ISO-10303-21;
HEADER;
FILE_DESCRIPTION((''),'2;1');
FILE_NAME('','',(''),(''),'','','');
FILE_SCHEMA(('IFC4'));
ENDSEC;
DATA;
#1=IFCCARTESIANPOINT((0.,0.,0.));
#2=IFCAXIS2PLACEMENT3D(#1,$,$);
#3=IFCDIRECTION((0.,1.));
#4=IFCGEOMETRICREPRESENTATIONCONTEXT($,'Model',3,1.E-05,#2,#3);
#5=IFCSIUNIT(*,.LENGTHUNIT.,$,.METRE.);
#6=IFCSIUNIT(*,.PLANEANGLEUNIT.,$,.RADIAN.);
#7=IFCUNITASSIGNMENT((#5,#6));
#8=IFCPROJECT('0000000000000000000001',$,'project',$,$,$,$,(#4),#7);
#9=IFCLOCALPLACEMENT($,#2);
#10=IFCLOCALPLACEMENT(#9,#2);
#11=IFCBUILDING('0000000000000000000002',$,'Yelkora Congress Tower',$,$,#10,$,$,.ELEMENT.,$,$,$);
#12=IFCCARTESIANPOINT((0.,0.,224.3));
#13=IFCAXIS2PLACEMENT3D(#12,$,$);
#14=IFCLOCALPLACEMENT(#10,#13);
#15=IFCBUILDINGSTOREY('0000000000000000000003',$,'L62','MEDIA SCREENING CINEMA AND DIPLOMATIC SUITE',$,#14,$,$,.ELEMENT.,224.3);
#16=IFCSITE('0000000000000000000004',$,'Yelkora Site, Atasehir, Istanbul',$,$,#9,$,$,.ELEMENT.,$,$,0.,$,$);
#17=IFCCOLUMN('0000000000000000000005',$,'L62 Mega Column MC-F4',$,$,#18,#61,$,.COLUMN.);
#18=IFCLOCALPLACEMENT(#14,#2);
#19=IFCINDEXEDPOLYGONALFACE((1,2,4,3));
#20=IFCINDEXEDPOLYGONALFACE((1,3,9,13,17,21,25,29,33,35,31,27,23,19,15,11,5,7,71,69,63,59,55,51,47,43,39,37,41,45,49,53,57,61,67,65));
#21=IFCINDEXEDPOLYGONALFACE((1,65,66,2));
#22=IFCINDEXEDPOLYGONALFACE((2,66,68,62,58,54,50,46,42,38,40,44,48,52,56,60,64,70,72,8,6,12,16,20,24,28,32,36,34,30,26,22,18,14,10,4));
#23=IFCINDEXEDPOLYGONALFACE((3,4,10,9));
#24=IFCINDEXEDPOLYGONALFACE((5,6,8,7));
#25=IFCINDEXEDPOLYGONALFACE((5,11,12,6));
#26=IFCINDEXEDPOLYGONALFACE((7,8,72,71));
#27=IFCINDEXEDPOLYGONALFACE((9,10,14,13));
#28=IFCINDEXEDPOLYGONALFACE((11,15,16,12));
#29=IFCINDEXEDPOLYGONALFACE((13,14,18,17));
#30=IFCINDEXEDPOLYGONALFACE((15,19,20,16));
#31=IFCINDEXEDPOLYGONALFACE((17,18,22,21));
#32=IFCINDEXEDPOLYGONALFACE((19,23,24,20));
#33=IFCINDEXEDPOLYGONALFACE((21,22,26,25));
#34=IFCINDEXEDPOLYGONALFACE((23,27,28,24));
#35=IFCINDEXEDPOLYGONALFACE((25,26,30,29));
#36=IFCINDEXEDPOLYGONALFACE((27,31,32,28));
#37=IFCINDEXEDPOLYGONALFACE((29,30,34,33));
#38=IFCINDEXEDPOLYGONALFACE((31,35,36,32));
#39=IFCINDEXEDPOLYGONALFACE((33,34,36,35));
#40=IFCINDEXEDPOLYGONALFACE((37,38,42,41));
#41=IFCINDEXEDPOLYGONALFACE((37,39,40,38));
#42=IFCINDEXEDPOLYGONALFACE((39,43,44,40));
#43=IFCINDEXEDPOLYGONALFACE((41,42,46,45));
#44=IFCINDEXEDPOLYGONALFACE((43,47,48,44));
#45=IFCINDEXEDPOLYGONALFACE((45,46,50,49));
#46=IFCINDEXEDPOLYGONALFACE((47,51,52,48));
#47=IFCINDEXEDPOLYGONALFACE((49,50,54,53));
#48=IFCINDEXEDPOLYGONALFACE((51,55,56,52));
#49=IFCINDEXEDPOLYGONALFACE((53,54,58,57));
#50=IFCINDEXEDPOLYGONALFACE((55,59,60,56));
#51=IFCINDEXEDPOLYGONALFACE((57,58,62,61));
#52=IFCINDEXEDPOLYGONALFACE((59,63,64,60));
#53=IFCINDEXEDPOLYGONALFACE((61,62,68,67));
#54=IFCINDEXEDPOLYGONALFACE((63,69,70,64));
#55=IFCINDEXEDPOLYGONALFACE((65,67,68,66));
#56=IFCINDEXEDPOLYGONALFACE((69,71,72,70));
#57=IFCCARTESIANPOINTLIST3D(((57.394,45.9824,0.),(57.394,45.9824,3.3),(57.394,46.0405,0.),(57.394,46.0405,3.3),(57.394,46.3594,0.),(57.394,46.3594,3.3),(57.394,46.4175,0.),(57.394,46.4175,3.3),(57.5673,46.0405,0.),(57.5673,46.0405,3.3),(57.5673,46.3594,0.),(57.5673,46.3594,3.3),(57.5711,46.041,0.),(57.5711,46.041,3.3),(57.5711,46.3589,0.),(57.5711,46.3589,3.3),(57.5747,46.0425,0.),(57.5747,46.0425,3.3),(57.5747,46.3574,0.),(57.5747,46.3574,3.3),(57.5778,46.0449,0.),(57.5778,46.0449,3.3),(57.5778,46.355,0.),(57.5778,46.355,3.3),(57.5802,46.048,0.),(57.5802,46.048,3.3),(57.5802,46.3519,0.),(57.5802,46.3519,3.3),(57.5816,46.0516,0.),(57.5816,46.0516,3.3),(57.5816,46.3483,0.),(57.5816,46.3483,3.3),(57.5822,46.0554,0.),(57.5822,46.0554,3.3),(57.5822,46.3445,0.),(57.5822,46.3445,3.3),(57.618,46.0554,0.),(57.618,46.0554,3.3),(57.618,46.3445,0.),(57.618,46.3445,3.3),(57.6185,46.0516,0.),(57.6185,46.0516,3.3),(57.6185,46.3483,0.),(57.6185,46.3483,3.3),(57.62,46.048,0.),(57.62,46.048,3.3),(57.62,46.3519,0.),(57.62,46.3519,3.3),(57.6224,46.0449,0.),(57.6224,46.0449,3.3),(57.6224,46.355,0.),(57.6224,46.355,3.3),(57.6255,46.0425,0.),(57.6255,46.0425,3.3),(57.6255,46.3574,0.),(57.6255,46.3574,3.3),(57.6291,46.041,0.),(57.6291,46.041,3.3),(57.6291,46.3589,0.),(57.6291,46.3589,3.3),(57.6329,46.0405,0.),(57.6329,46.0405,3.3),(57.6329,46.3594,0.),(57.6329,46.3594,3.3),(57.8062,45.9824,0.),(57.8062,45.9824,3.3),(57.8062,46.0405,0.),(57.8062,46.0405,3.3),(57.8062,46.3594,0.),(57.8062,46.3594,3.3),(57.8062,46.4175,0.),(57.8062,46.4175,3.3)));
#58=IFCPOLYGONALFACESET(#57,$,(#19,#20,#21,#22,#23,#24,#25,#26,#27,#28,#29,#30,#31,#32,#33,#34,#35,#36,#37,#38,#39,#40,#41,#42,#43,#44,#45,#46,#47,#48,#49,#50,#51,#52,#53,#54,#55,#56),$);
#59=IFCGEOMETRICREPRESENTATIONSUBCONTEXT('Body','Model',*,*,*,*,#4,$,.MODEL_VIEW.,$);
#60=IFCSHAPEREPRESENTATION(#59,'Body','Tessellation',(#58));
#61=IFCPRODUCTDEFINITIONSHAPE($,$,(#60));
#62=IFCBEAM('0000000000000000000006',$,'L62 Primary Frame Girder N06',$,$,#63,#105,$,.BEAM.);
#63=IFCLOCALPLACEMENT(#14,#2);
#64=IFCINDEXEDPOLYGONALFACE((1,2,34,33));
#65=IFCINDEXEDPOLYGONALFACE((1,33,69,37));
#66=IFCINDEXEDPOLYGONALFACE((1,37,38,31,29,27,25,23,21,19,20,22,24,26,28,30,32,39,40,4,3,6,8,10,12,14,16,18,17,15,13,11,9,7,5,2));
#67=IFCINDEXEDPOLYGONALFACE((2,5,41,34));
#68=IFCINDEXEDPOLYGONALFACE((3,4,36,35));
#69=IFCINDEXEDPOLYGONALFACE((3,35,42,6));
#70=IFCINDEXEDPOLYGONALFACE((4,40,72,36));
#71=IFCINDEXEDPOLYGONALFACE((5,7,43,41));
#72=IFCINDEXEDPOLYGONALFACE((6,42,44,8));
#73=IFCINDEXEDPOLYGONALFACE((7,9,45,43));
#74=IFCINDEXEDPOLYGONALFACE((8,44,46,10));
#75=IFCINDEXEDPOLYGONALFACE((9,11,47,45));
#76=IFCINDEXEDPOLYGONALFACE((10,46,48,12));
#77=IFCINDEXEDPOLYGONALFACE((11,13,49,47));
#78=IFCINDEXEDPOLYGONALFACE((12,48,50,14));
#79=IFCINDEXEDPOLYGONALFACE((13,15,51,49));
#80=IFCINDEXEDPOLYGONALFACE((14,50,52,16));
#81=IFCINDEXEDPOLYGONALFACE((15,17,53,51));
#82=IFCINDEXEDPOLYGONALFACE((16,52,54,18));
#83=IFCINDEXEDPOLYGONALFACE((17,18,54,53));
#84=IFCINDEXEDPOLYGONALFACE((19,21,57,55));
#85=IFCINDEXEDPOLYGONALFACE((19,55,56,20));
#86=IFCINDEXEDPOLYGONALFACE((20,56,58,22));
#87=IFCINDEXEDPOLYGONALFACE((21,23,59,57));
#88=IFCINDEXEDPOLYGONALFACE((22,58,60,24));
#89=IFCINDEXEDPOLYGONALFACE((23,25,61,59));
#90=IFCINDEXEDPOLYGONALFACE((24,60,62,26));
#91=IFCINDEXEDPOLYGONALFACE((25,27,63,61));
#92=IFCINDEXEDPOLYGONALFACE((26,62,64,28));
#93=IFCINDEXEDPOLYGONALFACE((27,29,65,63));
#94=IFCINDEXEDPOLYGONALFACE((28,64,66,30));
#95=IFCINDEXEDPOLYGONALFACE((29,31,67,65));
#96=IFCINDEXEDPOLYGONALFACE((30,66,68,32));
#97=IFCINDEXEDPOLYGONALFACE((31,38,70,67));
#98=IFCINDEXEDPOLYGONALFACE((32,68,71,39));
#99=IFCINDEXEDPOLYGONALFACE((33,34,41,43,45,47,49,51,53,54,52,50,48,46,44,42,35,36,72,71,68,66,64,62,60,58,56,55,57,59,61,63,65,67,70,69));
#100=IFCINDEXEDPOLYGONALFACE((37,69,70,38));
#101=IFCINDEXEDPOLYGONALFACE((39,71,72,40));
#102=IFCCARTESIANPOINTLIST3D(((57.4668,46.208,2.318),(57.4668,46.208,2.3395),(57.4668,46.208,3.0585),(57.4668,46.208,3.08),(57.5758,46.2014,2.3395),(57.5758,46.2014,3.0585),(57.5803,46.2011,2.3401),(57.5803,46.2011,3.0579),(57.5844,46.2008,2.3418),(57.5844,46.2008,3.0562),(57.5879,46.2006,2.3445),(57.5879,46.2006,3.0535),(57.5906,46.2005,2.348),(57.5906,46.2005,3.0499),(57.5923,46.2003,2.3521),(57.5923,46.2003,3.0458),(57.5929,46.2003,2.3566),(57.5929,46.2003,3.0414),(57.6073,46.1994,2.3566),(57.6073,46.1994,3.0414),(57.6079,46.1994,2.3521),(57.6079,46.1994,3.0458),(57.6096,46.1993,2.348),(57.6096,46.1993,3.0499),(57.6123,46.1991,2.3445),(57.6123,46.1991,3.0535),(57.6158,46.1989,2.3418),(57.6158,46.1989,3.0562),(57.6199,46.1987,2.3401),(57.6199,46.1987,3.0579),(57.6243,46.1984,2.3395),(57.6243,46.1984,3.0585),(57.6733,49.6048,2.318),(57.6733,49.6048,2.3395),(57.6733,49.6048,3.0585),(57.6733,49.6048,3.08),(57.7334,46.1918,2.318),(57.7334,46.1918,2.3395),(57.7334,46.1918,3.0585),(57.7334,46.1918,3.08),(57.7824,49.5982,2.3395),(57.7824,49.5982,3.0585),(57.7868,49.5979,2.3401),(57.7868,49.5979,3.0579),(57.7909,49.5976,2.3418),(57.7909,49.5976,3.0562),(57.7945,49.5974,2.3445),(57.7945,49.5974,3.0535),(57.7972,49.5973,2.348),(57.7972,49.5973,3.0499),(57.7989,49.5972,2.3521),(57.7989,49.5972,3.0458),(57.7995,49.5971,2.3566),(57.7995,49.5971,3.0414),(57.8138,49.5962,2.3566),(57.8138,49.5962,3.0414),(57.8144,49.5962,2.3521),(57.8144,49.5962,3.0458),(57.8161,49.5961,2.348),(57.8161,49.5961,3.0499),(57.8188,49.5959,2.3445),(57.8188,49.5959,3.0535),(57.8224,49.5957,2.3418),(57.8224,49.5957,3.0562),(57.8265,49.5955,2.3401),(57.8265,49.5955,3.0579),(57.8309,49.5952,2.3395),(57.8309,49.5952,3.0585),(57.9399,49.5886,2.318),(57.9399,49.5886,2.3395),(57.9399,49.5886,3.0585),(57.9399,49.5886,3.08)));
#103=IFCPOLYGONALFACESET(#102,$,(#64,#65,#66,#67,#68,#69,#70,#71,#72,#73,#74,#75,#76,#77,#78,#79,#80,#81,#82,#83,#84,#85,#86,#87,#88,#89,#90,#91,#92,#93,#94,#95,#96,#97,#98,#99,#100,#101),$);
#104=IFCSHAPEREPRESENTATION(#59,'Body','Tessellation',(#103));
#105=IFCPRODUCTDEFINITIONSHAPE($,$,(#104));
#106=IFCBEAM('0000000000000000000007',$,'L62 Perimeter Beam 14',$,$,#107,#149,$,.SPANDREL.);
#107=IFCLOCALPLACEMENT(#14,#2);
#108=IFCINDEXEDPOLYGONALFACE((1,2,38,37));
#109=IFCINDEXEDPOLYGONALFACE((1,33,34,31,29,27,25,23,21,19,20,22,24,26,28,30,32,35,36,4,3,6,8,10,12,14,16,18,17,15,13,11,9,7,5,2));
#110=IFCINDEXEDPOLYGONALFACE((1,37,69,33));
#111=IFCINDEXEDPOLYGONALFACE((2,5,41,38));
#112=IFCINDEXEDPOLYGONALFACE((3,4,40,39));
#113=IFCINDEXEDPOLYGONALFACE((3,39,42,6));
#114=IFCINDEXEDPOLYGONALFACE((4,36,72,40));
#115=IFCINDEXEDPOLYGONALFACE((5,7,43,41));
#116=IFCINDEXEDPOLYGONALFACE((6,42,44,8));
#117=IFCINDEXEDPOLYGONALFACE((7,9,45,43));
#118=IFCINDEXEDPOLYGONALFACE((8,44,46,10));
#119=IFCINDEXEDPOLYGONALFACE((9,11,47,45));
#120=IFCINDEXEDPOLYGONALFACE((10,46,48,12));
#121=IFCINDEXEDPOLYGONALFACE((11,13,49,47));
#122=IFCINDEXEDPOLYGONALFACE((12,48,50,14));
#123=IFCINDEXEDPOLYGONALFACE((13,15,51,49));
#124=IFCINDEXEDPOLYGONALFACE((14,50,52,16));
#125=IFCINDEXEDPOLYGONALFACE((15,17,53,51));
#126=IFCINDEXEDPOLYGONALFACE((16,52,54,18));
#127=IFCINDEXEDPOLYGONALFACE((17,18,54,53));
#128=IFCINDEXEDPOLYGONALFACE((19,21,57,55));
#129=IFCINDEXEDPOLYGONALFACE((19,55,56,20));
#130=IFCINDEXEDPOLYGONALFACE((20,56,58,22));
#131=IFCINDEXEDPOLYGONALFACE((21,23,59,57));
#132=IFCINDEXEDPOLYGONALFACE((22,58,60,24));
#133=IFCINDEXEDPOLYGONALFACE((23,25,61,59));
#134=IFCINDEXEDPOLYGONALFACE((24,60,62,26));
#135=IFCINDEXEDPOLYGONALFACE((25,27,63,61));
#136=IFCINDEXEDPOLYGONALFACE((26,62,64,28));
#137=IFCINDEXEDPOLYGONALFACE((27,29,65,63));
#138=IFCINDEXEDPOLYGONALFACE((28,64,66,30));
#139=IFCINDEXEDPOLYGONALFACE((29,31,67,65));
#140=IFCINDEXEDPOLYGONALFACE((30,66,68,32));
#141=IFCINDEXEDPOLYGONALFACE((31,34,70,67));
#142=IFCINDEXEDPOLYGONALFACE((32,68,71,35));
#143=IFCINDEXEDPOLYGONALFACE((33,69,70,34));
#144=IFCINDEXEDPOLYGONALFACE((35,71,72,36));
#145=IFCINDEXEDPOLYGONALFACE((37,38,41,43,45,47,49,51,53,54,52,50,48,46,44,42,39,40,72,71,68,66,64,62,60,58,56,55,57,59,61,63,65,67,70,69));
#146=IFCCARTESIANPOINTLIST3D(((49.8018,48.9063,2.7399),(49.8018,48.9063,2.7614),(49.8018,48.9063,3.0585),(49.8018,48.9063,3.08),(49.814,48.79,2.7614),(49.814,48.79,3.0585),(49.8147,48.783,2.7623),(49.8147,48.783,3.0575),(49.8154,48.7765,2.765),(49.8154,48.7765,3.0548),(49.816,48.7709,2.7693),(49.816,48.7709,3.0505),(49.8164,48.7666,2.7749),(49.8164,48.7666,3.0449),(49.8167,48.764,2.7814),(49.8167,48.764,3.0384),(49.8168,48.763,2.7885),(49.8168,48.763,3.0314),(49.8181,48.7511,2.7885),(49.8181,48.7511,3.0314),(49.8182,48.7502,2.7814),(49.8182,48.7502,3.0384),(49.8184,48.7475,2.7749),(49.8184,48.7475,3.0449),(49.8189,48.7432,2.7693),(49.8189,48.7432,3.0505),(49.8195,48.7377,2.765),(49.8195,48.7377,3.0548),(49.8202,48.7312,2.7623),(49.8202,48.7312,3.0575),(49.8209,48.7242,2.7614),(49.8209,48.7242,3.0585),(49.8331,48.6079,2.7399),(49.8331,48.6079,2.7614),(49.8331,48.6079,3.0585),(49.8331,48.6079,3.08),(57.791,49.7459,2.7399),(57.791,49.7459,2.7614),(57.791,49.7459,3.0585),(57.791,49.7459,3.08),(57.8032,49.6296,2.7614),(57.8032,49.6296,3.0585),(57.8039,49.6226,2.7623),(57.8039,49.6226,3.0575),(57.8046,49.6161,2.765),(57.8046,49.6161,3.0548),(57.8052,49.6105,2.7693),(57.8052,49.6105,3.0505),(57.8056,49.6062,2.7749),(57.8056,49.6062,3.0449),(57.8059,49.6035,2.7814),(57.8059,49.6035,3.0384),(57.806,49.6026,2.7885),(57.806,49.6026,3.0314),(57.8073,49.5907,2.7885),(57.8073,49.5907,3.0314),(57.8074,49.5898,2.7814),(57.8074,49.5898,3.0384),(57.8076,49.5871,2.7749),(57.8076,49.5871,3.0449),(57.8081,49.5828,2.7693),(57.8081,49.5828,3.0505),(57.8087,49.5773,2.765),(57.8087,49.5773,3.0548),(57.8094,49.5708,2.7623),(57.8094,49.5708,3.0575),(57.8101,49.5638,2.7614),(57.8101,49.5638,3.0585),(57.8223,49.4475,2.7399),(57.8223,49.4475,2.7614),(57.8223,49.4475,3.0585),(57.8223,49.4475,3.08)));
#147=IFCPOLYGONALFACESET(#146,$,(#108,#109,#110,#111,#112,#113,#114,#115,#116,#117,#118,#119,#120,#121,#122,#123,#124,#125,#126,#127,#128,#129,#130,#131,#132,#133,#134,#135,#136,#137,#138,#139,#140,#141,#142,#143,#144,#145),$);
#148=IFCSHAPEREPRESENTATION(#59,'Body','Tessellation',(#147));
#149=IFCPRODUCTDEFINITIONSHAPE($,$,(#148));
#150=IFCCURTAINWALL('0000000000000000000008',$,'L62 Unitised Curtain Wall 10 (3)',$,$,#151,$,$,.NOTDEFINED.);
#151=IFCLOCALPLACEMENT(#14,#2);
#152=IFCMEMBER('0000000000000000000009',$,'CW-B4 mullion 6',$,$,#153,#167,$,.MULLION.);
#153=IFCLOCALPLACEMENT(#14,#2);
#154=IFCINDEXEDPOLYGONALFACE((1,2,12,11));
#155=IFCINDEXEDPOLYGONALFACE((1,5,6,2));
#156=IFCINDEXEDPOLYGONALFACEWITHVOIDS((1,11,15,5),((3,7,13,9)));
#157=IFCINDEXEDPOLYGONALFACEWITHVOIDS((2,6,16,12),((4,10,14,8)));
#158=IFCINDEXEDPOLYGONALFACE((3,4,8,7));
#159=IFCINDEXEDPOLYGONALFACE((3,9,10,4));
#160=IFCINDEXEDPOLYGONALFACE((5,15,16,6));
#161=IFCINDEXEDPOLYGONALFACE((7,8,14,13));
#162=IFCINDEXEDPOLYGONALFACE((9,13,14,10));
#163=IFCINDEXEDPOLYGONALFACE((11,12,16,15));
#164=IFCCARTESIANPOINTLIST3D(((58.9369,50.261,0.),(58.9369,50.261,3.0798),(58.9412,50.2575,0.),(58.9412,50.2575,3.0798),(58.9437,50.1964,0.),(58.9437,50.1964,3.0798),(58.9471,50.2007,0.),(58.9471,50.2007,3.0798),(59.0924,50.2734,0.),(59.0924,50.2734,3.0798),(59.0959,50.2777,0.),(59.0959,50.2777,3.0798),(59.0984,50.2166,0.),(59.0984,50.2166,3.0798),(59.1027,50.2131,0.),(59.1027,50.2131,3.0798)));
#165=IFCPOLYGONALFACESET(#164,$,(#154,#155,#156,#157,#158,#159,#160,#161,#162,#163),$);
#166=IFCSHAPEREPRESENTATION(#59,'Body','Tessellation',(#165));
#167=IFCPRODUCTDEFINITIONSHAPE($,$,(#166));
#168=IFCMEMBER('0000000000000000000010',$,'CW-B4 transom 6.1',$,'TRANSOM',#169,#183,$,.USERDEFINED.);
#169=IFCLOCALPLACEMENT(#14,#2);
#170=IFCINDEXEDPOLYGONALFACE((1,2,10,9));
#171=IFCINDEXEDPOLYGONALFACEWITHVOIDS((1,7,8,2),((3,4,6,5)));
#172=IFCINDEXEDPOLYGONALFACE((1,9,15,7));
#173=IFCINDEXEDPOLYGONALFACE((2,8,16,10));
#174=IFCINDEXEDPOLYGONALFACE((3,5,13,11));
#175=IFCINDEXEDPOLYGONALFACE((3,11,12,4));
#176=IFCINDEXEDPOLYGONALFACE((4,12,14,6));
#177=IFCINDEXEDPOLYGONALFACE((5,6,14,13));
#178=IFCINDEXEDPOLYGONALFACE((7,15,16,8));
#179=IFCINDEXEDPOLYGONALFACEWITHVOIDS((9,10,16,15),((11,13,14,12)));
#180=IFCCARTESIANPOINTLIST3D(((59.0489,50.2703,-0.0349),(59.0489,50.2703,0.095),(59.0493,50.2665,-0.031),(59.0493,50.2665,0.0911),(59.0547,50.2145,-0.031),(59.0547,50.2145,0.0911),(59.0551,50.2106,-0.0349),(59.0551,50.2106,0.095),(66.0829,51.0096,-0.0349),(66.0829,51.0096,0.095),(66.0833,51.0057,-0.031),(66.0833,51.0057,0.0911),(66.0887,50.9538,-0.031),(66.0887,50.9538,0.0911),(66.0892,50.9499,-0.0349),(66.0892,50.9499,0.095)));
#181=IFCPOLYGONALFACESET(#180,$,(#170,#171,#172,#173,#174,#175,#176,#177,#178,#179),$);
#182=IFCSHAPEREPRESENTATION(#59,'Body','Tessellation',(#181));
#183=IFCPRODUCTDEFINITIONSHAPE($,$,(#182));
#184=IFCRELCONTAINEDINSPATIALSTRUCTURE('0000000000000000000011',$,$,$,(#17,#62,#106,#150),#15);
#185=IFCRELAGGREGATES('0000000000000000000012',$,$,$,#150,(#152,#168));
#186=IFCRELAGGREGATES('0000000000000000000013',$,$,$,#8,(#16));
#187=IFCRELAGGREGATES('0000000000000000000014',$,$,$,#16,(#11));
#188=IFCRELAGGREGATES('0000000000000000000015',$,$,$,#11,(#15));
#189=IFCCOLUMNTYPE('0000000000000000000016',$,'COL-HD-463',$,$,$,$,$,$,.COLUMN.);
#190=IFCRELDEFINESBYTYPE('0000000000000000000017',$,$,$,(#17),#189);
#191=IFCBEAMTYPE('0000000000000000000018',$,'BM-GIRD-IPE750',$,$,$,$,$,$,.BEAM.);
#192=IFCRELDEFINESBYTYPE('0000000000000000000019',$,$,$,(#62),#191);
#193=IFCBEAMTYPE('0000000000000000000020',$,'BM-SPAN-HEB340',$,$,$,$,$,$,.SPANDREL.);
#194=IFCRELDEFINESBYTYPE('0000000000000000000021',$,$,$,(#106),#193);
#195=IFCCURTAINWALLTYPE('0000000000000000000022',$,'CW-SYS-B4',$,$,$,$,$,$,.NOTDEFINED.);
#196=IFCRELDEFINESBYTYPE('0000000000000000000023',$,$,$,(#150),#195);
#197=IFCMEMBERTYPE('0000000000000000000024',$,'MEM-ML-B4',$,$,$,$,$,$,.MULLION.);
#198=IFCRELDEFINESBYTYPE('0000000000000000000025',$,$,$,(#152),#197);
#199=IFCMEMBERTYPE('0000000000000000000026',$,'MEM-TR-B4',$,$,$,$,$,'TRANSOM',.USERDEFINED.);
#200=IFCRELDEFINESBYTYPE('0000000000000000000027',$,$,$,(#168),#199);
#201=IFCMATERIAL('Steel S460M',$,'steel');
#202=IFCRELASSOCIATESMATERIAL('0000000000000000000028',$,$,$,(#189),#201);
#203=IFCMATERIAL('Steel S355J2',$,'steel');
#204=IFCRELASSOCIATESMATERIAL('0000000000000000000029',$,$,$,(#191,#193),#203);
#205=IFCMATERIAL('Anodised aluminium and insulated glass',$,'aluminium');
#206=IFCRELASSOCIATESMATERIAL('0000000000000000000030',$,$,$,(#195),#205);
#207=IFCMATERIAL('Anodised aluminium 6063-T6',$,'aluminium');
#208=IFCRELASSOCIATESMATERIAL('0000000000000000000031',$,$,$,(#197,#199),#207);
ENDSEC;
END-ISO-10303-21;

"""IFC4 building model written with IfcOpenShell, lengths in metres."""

from ifc_helpers import new_model, si_unit, direction, frame, origin, origin_2d, place, context, subcontext, project, spatial, hollow_rectangle, i_section, extrude, material, material_profile, profile_set, type_object, element, aggregate, save


model = new_model("IFC4")

# Units and contexts
model_context = context("Model", 3, precision=1e-05, world=origin(), true_north=direction((0.0, 1.0)))
body_context = subcontext(model_context, "Body", "Model", "MODEL_VIEW")
ifc_project = project(units=[si_unit("LENGTHUNIT", "METRE"), si_unit("PLANEANGLEUNIT", "RADIAN")], contexts=[model_context])

# Site, building, storey
site_placement = place(None, origin())
site = spatial("IfcSite", under=ifc_project, at=site_placement, Name="Yelkora Site, Atasehir, Istanbul", CompositionType="ELEMENT", RefElevation=0.0)
building_placement = place(site_placement, origin())
building = spatial("IfcBuilding", under=site, at=building_placement, Name="Yelkora Congress Tower", CompositionType="ELEMENT")
storey_placement = place(building_placement, frame((0.0, 0.0, 224.3)))
storey = spatial("IfcBuildingStorey", under=building, at=storey_placement, Name="L62", Description="MEDIA SCREENING CINEMA AND DIPLOMATIC SUITE", CompositionType="ELEMENT", Elevation=224.3)

# Column
ifc_material_1 = material(Name="Steel S355J2", Category="steel")
ifc_material_2 = material(Name="Steel S460M", Category="steel")
ifc_material_profile_1 = material_profile(ifc_material_2, i_section(OverallWidth=0.4121, OverallDepth=0.4351, WebThickness=0.0359, FlangeThickness=0.0581, FilletRadius=0.0149, at=origin_2d()), Name="HD 400x463")
ifc_profile_set_1 = profile_set([ifc_material_profile_1], Name="Steel S460M")
column_type_1 = type_object("IfcColumnType", Name="COL-HD-463", PredefinedType="COLUMN", material=ifc_profile_set_1)
for number, where, z_axis, x_axis, name in (
    (1, (57.6001, 46.2, 0.0), (0.0, 0.0, 1.0), (1.0, 0.0, 0.0), "L62 Mega Column MC-F4"),
):
    element("IfcColumn", number, at=place(storey_placement, frame(where, z_axis=z_axis, x_axis=x_axis)), inside=storey, type_object=column_type_1, Name=name, PredefinedType="COLUMN", context=body_context, shape_type="SweptSolid", body=[
        extrude(i_section(OverallWidth=0.4121, OverallDepth=0.4351, WebThickness=0.0359, FlangeThickness=0.0581, FilletRadius=0.0149, at=origin_2d()), origin(), (0.0, 0.0, 1.0), 3.3),
    ])

# Beams
ifc_material_profile_2 = material_profile(ifc_material_1, i_section(OverallWidth=0.2671, OverallDepth=0.762, WebThickness=0.0144, FlangeThickness=0.0215, FilletRadius=0.0171, at=origin_2d()), Name="IPE 750x173")
ifc_profile_set_2 = profile_set([ifc_material_profile_2], Name="Steel S355J2")
beam_type_1 = type_object("IfcBeamType", Name="BM-GIRD-IPE750", PredefinedType="BEAM", material=ifc_profile_set_2)
beam_1_placement = place(storey_placement, frame((57.8066, 49.5967, 2.699), z_axis=(-0.060694, -0.998156, 0.0), x_axis=(0.998156, -0.060694, 0.0)))
element("IfcBeam", 2, at=beam_1_placement, inside=storey, type_object=beam_type_1, Name="L62 Primary Frame Girder N06", PredefinedType="BEAM", context=body_context, shape_type="SweptSolid", body=[
    extrude(i_section(OverallWidth=0.2671, OverallDepth=0.762, WebThickness=0.0144, FlangeThickness=0.0215, FilletRadius=0.0171, at=origin_2d()), origin(), (0.0, 0.0, 1.0), 3.4031),
])
ifc_material_profile_3 = material_profile(ifc_material_1, i_section(OverallWidth=0.3, OverallDepth=0.3401, WebThickness=0.012, FlangeThickness=0.0215, FilletRadius=0.0271, at=origin_2d()), Name="HEB 340")
ifc_profile_set_3 = profile_set([ifc_material_profile_3], Name="Steel S355J2")
beam_type_2 = type_object("IfcBeamType", Name="BM-SPAN-HEB340", PredefinedType="SPANDREL", material=ifc_profile_set_3)
beam_2_placement = place(storey_placement, frame((57.8066, 49.5967, 2.9099), z_axis=(-0.994523, -0.104516, 0.0), x_axis=(0.104516, -0.994523, 0.0)))
element("IfcBeam", 3, at=beam_2_placement, inside=storey, type_object=beam_type_2, Name="L62 Perimeter Beam 14", PredefinedType="SPANDREL", context=body_context, shape_type="SweptSolid", body=[
    extrude(i_section(OverallWidth=0.3, OverallDepth=0.3401, WebThickness=0.012, FlangeThickness=0.0215, FilletRadius=0.0271, at=origin_2d()), origin(), (0.0, 0.0, 1.0), 8.0332),
])

# Curtain wall, members
ifc_material_3 = material(Name="Anodised aluminium and insulated glass", Category="aluminium")
curtain_wall_type = type_object("IfcCurtainWallType", Name="CW-SYS-B4", PredefinedType="NOTDEFINED", material=ifc_material_3)
curtain_wall_placement = place(storey_placement, origin())
curtain_wall = element("IfcCurtainWall", 4, at=curtain_wall_placement, inside=storey, type_object=curtain_wall_type, Name="L62 Unitised Curtain Wall 10 (3)", PredefinedType="NOTDEFINED")
ifc_material_4 = material(Name="Anodised aluminium 6063-T6", Category="aluminium")
ifc_material_profile_4 = material_profile(ifc_material_4, hollow_rectangle(XDim=0.0649, YDim=0.1599, WallThickness=0.0039, at=origin_2d()), Name="ALU 65x160x4")
ifc_profile_set_4 = profile_set([ifc_material_profile_4], Name="Anodised aluminium 6063-T6")
member_type_1 = type_object("IfcMemberType", Name="MEM-ML-B4", PredefinedType="MULLION", material=ifc_profile_set_4)
member_1_placement = place(storey_placement, frame((59.0198, 50.2371, 0.0), z_axis=(0.0, 0.0, 1.0), x_axis=(-0.104528, 0.994522, 0.0)))
member_1 = element("IfcMember", 5, at=member_1_placement, type_object=member_type_1, Name="CW-B4 mullion 6", PredefinedType="MULLION", context=body_context, shape_type="SweptSolid", body=[
    extrude(hollow_rectangle(XDim=0.0649, YDim=0.1599, WallThickness=0.0039, at=origin_2d()), origin(), (0.0, 0.0, 1.0), 3.0798),
])
ifc_material_profile_5 = material_profile(ifc_material_4, hollow_rectangle(XDim=0.0601, YDim=0.1299, WallThickness=0.0039, at=origin_2d()), Name="ALU 60x130x4")
ifc_profile_set_5 = profile_set([ifc_material_profile_5], Name="Anodised aluminium 6063-T6")
member_type_2 = type_object("IfcMemberType", Name="MEM-TR-B4", ElementType="TRANSOM", PredefinedType="USERDEFINED", material=ifc_profile_set_5)
member_2_placement = place(storey_placement, frame((59.052, 50.2405, 0.03), z_axis=(0.994522, 0.104523, 0.0), x_axis=(-0.104523, 0.994522, 0.0)))
member_2 = element("IfcMember", 6, at=member_2_placement, type_object=member_type_2, Name="CW-B4 transom 6.1", ObjectType="TRANSOM", PredefinedType="USERDEFINED", context=body_context, shape_type="SweptSolid", body=[
    extrude(hollow_rectangle(XDim=0.0601, YDim=0.1299, WallThickness=0.0039, at=origin_2d()), origin(), (0.0, 0.0, 1.0), 7.0728),
])
aggregate(curtain_wall, [member_1, member_2])

save(model, "model.ifc")
